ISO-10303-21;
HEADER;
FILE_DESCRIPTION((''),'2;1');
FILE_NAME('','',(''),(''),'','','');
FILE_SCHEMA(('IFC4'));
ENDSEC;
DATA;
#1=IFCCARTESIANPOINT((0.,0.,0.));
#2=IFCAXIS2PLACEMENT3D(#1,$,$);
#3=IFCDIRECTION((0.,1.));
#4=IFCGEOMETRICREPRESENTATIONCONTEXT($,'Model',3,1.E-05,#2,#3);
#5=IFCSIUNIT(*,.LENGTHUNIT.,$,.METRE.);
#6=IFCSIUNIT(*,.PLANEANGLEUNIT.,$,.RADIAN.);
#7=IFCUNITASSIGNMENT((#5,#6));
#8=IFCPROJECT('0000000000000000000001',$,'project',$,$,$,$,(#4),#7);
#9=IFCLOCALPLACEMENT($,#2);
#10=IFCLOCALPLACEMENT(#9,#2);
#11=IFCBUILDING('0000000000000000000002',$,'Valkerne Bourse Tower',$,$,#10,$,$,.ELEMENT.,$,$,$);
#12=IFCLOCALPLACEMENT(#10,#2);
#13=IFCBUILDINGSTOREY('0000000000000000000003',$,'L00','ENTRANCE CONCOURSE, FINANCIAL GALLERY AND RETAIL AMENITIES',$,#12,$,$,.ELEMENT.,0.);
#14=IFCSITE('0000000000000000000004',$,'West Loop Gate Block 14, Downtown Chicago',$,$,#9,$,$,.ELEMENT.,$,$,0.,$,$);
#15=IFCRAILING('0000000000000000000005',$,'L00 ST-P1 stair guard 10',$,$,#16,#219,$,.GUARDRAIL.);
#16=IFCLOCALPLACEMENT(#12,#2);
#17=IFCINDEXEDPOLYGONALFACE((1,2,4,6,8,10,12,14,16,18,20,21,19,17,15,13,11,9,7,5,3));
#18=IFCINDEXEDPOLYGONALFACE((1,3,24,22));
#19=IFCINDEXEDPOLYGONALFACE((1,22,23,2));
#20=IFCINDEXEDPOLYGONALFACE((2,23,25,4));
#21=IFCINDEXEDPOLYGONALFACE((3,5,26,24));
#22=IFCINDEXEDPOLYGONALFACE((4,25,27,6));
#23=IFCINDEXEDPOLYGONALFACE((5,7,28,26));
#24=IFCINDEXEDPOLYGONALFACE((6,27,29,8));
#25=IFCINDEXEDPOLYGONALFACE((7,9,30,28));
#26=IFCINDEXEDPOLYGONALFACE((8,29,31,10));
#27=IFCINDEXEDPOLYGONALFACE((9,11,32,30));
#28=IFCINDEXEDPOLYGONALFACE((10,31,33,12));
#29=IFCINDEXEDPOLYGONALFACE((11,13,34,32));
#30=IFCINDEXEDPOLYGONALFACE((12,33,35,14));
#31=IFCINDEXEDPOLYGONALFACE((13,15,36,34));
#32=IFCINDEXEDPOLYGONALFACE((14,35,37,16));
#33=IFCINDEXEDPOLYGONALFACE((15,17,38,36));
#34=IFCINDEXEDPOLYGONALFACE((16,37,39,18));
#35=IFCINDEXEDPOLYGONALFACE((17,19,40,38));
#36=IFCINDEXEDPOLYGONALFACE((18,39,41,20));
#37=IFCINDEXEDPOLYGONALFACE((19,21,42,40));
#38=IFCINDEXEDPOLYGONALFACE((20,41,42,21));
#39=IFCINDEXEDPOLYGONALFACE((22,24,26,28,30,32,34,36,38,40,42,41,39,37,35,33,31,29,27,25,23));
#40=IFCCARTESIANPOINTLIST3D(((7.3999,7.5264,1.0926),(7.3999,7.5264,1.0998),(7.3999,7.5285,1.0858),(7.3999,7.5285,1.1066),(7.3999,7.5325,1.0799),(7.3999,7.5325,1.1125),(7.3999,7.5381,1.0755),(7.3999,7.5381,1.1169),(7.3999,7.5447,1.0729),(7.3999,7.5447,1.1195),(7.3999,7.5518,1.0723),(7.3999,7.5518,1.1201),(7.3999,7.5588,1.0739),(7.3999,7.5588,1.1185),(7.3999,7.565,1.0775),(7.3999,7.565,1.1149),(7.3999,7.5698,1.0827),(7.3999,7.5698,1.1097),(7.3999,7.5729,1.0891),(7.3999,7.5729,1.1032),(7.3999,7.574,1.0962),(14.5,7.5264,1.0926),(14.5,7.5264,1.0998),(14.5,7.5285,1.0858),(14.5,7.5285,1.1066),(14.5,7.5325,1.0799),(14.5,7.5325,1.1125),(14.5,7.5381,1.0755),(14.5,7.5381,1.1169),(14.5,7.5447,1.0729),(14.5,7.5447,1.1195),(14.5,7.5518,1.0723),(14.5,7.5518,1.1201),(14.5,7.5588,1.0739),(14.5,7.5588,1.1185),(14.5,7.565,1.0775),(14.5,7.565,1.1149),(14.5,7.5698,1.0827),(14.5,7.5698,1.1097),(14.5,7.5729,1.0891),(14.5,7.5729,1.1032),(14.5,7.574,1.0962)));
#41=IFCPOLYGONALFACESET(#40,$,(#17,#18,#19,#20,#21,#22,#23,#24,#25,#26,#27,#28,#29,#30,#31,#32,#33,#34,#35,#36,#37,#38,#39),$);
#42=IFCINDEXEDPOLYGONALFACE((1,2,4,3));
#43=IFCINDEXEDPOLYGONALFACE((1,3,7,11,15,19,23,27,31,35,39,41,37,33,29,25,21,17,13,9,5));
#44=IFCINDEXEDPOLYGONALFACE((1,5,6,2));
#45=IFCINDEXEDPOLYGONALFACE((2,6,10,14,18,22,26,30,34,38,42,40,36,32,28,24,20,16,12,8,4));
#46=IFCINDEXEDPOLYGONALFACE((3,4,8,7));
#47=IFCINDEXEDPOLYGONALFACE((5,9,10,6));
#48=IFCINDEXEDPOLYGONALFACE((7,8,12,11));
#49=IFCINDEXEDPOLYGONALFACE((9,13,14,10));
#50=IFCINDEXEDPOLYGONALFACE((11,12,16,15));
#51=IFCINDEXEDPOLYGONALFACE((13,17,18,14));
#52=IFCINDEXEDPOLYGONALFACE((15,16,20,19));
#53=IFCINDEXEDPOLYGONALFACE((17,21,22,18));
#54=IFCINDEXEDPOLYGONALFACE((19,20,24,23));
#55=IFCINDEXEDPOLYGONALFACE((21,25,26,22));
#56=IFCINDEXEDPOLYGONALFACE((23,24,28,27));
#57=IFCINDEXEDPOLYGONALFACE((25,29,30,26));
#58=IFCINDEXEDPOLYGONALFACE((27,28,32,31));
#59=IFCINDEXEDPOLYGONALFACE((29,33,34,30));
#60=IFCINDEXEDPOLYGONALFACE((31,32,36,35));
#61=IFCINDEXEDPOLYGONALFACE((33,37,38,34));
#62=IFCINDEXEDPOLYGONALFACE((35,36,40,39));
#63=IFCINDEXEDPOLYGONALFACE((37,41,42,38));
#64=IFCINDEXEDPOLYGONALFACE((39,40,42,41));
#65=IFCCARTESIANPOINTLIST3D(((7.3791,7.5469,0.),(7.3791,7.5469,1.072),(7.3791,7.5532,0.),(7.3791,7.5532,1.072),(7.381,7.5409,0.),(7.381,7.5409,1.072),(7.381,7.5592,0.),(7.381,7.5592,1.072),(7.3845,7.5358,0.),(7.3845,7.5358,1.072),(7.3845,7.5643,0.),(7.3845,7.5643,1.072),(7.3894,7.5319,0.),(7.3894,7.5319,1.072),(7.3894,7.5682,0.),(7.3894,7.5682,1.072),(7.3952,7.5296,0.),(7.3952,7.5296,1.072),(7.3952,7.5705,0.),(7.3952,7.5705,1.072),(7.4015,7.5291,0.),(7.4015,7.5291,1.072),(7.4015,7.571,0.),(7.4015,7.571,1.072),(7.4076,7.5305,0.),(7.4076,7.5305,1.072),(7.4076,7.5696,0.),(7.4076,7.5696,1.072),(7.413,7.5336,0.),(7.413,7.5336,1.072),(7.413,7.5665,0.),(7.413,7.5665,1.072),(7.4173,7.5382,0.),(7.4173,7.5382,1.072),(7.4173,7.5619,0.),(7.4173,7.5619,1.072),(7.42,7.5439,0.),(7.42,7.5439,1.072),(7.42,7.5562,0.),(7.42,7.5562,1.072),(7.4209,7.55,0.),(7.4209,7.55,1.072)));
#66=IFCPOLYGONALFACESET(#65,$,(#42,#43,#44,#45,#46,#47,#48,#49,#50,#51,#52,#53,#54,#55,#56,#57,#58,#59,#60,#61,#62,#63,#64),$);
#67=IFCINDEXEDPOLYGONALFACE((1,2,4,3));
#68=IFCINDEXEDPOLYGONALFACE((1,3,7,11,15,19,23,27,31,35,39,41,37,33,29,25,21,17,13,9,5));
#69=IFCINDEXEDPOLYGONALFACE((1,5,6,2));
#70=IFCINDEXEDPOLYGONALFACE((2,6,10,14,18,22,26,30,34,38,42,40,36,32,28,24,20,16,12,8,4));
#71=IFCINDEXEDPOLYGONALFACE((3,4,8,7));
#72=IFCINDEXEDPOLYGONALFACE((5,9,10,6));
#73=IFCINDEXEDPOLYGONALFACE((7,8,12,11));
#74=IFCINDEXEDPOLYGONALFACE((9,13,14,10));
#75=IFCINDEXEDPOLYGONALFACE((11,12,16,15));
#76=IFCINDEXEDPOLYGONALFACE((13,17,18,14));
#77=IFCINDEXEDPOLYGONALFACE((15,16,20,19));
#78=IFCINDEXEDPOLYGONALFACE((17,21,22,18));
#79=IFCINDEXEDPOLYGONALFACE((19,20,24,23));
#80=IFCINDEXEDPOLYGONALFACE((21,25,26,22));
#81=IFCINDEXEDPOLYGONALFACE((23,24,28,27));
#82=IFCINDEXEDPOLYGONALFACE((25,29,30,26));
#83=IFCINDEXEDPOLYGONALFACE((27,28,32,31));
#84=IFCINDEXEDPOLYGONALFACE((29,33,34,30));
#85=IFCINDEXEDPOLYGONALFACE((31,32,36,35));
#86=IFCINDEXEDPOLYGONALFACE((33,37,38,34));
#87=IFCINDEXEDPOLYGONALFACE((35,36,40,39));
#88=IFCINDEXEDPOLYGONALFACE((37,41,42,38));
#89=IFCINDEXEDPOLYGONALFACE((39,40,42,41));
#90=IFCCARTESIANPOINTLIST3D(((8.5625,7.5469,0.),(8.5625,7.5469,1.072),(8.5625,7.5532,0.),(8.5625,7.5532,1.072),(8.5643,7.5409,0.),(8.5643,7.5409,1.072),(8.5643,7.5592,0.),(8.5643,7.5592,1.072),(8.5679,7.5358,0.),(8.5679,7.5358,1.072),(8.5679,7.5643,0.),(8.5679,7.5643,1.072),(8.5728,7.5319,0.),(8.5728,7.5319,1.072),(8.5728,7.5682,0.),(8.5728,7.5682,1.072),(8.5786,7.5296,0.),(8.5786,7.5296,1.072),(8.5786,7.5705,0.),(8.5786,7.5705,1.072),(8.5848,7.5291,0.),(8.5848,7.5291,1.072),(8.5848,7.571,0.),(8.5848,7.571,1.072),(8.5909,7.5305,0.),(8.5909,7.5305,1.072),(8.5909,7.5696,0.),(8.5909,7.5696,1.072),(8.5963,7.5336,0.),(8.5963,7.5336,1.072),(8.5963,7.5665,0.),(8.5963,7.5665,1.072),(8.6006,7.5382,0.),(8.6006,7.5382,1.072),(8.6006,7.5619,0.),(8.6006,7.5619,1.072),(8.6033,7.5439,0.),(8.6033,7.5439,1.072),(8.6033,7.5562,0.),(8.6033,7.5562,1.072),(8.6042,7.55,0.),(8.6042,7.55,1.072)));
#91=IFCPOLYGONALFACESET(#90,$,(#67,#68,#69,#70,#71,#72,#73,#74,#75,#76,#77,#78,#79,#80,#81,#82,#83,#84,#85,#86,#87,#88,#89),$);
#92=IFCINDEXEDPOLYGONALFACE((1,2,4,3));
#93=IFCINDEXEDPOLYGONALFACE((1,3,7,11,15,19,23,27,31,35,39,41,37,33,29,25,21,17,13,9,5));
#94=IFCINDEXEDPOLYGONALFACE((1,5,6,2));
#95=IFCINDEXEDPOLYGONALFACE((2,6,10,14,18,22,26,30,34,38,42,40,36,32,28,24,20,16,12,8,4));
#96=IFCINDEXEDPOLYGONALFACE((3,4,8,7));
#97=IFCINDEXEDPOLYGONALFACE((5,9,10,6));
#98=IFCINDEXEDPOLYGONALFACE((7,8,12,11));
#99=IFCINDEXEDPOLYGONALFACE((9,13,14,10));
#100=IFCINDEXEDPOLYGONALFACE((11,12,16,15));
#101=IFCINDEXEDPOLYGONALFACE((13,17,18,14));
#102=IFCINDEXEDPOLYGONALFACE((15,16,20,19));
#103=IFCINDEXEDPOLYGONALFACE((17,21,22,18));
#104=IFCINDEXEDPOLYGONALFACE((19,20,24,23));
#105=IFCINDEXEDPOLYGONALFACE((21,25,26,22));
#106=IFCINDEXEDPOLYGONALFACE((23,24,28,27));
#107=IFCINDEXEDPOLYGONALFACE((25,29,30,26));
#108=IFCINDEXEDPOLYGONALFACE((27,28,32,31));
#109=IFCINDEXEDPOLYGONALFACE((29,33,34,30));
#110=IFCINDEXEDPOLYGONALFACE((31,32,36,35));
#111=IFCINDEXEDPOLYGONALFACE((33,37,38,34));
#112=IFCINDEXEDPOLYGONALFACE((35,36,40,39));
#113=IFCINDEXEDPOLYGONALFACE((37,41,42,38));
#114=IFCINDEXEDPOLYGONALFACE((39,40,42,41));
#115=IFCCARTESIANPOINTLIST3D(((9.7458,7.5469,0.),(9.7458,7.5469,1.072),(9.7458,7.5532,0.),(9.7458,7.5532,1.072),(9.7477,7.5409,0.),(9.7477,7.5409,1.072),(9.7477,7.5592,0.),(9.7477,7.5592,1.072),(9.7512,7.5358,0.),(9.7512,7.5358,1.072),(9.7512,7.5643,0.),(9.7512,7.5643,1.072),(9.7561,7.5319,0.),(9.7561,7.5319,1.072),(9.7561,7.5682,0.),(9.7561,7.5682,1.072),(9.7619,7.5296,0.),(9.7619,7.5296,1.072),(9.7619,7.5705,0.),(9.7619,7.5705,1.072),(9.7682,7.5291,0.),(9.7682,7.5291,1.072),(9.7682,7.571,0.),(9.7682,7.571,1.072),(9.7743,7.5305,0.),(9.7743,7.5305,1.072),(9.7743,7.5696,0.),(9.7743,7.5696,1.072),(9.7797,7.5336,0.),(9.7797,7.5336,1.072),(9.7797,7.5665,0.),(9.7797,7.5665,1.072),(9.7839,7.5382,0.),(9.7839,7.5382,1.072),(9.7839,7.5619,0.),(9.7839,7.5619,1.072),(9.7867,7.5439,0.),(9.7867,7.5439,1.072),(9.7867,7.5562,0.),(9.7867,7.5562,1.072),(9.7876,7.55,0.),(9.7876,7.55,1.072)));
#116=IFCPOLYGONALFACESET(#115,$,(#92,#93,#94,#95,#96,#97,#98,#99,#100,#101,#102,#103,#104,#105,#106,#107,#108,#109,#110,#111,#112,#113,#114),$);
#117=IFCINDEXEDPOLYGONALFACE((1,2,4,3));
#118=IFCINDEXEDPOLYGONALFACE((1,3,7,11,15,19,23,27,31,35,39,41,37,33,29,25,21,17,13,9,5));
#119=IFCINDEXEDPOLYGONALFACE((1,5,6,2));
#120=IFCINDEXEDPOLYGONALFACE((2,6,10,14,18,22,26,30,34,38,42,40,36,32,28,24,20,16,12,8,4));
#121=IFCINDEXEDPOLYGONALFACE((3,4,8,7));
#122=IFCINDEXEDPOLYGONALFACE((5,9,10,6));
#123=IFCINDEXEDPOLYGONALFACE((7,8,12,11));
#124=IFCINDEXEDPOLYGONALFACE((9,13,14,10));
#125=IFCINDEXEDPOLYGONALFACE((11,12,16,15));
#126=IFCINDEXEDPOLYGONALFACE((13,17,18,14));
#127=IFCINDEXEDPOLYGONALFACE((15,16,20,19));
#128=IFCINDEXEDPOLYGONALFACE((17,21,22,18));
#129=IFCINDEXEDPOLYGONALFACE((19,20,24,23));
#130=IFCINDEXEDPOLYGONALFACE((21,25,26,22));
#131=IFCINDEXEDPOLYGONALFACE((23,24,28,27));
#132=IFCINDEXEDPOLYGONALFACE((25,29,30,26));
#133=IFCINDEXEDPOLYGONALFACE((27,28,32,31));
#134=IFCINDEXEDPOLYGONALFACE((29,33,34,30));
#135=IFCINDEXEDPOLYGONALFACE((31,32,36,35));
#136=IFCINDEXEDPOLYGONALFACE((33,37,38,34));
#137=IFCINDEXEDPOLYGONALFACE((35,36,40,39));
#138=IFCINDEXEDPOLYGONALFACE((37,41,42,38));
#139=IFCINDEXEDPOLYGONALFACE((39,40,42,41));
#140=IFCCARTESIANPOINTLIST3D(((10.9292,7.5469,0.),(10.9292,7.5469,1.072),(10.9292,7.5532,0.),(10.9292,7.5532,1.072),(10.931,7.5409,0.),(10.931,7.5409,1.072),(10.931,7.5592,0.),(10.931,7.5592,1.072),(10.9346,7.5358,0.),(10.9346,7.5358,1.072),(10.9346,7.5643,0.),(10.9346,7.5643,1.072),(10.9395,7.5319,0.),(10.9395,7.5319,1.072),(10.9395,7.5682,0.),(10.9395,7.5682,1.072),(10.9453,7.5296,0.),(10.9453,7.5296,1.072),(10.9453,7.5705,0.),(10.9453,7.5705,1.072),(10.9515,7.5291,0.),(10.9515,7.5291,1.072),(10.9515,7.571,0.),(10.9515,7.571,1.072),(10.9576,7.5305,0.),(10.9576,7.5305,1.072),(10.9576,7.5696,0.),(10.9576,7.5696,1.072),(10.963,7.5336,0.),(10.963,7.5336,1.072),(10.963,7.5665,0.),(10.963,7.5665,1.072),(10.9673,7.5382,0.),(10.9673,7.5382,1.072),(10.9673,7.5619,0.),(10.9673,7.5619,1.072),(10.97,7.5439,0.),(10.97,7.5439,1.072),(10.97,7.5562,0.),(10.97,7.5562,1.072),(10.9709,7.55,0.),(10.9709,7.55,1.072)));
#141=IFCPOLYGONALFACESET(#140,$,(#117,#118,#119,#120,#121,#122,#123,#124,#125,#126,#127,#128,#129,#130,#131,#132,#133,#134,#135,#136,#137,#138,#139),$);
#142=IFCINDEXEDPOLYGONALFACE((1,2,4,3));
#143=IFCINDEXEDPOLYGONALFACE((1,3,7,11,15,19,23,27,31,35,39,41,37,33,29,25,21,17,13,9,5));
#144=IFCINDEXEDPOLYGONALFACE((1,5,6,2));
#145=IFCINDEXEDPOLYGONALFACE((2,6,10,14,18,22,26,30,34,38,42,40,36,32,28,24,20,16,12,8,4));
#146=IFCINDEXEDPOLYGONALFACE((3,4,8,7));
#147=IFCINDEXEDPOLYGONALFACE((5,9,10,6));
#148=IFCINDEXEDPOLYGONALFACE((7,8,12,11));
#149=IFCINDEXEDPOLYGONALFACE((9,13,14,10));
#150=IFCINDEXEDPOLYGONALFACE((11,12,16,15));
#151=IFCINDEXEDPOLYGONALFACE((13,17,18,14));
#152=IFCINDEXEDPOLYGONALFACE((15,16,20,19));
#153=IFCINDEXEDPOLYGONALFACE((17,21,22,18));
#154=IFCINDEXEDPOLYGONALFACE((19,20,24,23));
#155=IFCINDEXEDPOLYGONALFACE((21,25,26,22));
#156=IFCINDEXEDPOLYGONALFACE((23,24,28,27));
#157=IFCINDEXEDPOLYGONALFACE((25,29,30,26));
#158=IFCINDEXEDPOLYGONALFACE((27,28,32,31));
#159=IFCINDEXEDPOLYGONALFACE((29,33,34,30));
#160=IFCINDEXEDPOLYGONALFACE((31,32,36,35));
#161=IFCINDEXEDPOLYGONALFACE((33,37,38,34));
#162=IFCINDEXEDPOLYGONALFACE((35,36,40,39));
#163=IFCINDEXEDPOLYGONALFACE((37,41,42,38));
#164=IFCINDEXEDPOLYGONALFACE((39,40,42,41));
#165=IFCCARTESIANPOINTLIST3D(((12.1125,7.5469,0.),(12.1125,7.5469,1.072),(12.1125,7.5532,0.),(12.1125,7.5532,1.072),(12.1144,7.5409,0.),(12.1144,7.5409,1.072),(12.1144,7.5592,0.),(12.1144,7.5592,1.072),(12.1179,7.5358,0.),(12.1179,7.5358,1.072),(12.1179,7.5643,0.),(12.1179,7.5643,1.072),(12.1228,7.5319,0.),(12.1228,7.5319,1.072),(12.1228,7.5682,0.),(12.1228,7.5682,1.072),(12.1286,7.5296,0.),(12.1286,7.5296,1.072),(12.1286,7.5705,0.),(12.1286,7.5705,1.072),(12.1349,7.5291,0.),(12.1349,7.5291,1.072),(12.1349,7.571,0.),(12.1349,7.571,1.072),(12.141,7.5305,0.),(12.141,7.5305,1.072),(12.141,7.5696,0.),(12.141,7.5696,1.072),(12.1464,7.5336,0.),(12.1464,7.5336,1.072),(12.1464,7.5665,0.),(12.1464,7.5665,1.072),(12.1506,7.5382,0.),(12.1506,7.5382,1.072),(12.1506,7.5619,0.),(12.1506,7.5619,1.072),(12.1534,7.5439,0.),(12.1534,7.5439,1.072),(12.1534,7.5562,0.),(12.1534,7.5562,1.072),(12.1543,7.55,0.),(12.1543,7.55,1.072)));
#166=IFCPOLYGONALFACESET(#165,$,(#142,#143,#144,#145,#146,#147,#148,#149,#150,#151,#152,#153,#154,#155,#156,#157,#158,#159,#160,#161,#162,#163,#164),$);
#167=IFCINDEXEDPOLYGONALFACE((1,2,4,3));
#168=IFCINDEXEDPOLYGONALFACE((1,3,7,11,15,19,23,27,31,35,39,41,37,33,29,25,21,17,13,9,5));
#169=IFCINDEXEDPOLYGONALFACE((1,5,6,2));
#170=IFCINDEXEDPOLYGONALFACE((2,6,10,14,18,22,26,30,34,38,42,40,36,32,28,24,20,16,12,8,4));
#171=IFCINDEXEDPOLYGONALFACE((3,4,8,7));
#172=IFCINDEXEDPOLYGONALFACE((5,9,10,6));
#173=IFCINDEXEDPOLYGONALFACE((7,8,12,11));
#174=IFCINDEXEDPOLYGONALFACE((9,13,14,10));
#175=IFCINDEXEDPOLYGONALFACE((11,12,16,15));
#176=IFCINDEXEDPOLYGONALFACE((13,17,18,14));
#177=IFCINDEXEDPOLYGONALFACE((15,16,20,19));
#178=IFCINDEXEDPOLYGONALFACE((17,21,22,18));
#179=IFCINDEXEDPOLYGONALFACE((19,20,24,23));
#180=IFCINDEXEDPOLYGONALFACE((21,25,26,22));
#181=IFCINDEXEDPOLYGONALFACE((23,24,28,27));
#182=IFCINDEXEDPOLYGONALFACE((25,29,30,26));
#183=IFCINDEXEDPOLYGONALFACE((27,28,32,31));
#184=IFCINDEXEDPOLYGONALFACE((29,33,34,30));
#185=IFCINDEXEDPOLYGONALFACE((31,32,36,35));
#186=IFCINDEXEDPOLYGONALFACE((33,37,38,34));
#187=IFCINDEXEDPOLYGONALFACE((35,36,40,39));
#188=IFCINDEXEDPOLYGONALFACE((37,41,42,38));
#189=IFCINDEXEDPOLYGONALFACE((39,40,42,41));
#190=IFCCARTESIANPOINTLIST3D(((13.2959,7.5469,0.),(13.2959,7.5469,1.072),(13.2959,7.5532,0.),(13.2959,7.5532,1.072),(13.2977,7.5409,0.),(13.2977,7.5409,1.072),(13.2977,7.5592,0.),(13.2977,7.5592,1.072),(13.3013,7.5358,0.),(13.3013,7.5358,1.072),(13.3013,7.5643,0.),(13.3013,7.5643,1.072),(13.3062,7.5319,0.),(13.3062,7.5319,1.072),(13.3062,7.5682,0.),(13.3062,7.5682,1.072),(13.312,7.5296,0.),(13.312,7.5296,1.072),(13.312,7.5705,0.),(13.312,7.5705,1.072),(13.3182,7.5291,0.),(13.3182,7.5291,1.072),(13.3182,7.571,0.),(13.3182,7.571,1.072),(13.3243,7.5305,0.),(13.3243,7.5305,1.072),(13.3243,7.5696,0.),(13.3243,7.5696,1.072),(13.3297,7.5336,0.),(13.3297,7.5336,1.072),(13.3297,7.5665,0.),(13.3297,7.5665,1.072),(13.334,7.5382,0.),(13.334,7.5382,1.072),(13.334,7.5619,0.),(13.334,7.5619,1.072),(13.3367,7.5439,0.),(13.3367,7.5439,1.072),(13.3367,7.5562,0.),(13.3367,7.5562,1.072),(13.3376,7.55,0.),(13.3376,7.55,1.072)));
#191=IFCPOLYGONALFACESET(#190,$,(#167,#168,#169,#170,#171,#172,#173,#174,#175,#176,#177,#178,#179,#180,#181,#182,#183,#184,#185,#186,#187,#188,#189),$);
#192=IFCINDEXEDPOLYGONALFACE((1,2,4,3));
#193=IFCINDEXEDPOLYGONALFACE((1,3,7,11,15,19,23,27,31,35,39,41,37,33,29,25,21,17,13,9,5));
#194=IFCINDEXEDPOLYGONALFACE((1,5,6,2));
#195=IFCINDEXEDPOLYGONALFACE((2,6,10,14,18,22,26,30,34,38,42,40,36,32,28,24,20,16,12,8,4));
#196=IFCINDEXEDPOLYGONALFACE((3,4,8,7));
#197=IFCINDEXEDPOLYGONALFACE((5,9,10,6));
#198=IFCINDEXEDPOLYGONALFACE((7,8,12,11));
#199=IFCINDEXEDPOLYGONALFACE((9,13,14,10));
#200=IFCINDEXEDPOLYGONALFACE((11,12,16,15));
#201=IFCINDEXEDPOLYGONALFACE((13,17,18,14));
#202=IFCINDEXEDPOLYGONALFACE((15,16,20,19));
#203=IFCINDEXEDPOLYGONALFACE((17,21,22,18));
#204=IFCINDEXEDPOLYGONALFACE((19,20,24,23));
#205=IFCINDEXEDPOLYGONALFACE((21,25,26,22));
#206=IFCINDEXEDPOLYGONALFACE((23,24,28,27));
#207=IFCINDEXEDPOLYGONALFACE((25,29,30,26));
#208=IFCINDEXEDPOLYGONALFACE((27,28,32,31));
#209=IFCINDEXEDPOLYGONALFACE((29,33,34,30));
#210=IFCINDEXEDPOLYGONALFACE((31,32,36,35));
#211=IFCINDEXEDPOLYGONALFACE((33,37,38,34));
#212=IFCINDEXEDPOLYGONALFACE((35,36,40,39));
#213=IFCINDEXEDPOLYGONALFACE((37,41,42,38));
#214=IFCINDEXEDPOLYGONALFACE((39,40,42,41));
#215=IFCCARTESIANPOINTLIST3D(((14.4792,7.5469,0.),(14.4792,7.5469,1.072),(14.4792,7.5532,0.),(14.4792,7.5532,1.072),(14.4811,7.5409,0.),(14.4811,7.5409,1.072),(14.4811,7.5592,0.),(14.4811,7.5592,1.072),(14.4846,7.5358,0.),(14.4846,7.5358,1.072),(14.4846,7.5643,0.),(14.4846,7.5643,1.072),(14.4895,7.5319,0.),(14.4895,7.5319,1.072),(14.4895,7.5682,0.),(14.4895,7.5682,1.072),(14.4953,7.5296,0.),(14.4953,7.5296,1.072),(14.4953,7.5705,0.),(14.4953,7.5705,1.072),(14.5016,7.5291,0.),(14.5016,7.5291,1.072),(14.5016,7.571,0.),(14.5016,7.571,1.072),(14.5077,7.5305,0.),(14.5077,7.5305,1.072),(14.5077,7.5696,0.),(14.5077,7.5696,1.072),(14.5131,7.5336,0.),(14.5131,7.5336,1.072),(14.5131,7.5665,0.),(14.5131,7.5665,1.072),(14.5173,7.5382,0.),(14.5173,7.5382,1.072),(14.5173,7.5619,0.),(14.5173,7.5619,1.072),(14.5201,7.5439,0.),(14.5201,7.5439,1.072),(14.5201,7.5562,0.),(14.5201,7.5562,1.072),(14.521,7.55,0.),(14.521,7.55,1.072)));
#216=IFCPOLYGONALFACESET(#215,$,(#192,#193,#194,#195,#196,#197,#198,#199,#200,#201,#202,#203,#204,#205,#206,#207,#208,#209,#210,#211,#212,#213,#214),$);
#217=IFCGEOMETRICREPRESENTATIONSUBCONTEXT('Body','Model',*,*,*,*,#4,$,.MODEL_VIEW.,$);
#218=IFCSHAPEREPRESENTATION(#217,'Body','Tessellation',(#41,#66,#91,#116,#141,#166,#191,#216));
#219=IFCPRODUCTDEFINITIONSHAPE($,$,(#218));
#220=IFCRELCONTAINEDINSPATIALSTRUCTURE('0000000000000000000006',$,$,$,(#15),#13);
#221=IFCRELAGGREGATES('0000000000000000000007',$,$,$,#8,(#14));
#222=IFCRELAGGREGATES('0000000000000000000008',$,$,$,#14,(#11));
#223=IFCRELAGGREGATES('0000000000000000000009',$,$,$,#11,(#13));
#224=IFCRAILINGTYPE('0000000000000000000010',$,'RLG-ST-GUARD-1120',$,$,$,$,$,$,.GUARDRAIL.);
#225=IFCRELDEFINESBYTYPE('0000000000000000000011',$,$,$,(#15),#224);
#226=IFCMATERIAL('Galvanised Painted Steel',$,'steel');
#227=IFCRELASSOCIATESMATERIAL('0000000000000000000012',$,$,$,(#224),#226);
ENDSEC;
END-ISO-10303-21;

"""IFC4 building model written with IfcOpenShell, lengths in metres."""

from ifc_helpers import new_model, si_unit, direction, frame, origin, origin_2d, place, context, subcontext, project, spatial, circle, extrude, material, type_object, element, save


model = new_model("IFC4")

# Units and contexts
model_context = context("Model", 3, precision=1e-05, world=origin(), true_north=direction((0.0, 1.0)))
body_context = subcontext(model_context, "Body", "Model", "MODEL_VIEW")
ifc_project = project(units=[si_unit("LENGTHUNIT", "METRE"), si_unit("PLANEANGLEUNIT", "RADIAN")], contexts=[model_context])

# Site, building, storey
site_placement = place(None, origin())
site = spatial("IfcSite", under=ifc_project, at=site_placement, Name="West Loop Gate Block 14, Downtown Chicago", CompositionType="ELEMENT", RefElevation=0.0)
building_placement = place(site_placement, origin())
building = spatial("IfcBuilding", under=site, at=building_placement, Name="Valkerne Bourse Tower", CompositionType="ELEMENT")
storey_placement = place(building_placement, origin())
storey = spatial("IfcBuildingStorey", under=building, at=storey_placement, Name="L00", Description="ENTRANCE CONCOURSE, FINANCIAL GALLERY AND RETAIL AMENITIES", CompositionType="ELEMENT", Elevation=0.0)

# Shared definitions
ifc_material_1 = material(Name="Galvanised Painted Steel", Category="steel")

# Railing
railing_type_1 = type_object("IfcRailingType", Name="RLG-ST-GUARD-1120", PredefinedType="GUARDRAIL", material=ifc_material_1)
railing_1_placement = place(storey_placement, frame((7.3999, 7.55, 0.0)))
element("IfcRailing", 1, at=railing_1_placement, inside=storey, type_object=railing_type_1, Name="L00 ST-P1 stair guard 10", PredefinedType="GUARDRAIL", context=body_context, shape_type="SweptSolid", body=[
    extrude(circle(Radius=0.0239, at=origin_2d()), frame((0.0, 0.0, 1.0962), z_axis=(1.0, 0.0, 0.0), x_axis=(0.0, 1.0, 0.0)), (0.0, 0.0, 1.0), 7.1001),
    extrude(circle(Radius=0.021, at=origin_2d()), origin(), (0.0, 0.0, 1.0), 1.072),
    extrude(circle(Radius=0.021, at=origin_2d()), frame((1.1833, 0.0, 0.0)), (0.0, 0.0, 1.0), 1.072),
    extrude(circle(Radius=0.021, at=origin_2d()), frame((2.3667, 0.0, 0.0)), (0.0, 0.0, 1.0), 1.072),
    extrude(circle(Radius=0.021, at=origin_2d()), frame((3.55, 0.0, 0.0)), (0.0, 0.0, 1.0), 1.072),
    extrude(circle(Radius=0.021, at=origin_2d()), frame((4.7334, 0.0, 0.0)), (0.0, 0.0, 1.0), 1.072),
    extrude(circle(Radius=0.021, at=origin_2d()), frame((5.9167, 0.0, 0.0)), (0.0, 0.0, 1.0), 1.072),
    extrude(circle(Radius=0.021, at=origin_2d()), frame((7.1001, 0.0, 0.0)), (0.0, 0.0, 1.0), 1.072),
])

save(model, "model.ifc")
